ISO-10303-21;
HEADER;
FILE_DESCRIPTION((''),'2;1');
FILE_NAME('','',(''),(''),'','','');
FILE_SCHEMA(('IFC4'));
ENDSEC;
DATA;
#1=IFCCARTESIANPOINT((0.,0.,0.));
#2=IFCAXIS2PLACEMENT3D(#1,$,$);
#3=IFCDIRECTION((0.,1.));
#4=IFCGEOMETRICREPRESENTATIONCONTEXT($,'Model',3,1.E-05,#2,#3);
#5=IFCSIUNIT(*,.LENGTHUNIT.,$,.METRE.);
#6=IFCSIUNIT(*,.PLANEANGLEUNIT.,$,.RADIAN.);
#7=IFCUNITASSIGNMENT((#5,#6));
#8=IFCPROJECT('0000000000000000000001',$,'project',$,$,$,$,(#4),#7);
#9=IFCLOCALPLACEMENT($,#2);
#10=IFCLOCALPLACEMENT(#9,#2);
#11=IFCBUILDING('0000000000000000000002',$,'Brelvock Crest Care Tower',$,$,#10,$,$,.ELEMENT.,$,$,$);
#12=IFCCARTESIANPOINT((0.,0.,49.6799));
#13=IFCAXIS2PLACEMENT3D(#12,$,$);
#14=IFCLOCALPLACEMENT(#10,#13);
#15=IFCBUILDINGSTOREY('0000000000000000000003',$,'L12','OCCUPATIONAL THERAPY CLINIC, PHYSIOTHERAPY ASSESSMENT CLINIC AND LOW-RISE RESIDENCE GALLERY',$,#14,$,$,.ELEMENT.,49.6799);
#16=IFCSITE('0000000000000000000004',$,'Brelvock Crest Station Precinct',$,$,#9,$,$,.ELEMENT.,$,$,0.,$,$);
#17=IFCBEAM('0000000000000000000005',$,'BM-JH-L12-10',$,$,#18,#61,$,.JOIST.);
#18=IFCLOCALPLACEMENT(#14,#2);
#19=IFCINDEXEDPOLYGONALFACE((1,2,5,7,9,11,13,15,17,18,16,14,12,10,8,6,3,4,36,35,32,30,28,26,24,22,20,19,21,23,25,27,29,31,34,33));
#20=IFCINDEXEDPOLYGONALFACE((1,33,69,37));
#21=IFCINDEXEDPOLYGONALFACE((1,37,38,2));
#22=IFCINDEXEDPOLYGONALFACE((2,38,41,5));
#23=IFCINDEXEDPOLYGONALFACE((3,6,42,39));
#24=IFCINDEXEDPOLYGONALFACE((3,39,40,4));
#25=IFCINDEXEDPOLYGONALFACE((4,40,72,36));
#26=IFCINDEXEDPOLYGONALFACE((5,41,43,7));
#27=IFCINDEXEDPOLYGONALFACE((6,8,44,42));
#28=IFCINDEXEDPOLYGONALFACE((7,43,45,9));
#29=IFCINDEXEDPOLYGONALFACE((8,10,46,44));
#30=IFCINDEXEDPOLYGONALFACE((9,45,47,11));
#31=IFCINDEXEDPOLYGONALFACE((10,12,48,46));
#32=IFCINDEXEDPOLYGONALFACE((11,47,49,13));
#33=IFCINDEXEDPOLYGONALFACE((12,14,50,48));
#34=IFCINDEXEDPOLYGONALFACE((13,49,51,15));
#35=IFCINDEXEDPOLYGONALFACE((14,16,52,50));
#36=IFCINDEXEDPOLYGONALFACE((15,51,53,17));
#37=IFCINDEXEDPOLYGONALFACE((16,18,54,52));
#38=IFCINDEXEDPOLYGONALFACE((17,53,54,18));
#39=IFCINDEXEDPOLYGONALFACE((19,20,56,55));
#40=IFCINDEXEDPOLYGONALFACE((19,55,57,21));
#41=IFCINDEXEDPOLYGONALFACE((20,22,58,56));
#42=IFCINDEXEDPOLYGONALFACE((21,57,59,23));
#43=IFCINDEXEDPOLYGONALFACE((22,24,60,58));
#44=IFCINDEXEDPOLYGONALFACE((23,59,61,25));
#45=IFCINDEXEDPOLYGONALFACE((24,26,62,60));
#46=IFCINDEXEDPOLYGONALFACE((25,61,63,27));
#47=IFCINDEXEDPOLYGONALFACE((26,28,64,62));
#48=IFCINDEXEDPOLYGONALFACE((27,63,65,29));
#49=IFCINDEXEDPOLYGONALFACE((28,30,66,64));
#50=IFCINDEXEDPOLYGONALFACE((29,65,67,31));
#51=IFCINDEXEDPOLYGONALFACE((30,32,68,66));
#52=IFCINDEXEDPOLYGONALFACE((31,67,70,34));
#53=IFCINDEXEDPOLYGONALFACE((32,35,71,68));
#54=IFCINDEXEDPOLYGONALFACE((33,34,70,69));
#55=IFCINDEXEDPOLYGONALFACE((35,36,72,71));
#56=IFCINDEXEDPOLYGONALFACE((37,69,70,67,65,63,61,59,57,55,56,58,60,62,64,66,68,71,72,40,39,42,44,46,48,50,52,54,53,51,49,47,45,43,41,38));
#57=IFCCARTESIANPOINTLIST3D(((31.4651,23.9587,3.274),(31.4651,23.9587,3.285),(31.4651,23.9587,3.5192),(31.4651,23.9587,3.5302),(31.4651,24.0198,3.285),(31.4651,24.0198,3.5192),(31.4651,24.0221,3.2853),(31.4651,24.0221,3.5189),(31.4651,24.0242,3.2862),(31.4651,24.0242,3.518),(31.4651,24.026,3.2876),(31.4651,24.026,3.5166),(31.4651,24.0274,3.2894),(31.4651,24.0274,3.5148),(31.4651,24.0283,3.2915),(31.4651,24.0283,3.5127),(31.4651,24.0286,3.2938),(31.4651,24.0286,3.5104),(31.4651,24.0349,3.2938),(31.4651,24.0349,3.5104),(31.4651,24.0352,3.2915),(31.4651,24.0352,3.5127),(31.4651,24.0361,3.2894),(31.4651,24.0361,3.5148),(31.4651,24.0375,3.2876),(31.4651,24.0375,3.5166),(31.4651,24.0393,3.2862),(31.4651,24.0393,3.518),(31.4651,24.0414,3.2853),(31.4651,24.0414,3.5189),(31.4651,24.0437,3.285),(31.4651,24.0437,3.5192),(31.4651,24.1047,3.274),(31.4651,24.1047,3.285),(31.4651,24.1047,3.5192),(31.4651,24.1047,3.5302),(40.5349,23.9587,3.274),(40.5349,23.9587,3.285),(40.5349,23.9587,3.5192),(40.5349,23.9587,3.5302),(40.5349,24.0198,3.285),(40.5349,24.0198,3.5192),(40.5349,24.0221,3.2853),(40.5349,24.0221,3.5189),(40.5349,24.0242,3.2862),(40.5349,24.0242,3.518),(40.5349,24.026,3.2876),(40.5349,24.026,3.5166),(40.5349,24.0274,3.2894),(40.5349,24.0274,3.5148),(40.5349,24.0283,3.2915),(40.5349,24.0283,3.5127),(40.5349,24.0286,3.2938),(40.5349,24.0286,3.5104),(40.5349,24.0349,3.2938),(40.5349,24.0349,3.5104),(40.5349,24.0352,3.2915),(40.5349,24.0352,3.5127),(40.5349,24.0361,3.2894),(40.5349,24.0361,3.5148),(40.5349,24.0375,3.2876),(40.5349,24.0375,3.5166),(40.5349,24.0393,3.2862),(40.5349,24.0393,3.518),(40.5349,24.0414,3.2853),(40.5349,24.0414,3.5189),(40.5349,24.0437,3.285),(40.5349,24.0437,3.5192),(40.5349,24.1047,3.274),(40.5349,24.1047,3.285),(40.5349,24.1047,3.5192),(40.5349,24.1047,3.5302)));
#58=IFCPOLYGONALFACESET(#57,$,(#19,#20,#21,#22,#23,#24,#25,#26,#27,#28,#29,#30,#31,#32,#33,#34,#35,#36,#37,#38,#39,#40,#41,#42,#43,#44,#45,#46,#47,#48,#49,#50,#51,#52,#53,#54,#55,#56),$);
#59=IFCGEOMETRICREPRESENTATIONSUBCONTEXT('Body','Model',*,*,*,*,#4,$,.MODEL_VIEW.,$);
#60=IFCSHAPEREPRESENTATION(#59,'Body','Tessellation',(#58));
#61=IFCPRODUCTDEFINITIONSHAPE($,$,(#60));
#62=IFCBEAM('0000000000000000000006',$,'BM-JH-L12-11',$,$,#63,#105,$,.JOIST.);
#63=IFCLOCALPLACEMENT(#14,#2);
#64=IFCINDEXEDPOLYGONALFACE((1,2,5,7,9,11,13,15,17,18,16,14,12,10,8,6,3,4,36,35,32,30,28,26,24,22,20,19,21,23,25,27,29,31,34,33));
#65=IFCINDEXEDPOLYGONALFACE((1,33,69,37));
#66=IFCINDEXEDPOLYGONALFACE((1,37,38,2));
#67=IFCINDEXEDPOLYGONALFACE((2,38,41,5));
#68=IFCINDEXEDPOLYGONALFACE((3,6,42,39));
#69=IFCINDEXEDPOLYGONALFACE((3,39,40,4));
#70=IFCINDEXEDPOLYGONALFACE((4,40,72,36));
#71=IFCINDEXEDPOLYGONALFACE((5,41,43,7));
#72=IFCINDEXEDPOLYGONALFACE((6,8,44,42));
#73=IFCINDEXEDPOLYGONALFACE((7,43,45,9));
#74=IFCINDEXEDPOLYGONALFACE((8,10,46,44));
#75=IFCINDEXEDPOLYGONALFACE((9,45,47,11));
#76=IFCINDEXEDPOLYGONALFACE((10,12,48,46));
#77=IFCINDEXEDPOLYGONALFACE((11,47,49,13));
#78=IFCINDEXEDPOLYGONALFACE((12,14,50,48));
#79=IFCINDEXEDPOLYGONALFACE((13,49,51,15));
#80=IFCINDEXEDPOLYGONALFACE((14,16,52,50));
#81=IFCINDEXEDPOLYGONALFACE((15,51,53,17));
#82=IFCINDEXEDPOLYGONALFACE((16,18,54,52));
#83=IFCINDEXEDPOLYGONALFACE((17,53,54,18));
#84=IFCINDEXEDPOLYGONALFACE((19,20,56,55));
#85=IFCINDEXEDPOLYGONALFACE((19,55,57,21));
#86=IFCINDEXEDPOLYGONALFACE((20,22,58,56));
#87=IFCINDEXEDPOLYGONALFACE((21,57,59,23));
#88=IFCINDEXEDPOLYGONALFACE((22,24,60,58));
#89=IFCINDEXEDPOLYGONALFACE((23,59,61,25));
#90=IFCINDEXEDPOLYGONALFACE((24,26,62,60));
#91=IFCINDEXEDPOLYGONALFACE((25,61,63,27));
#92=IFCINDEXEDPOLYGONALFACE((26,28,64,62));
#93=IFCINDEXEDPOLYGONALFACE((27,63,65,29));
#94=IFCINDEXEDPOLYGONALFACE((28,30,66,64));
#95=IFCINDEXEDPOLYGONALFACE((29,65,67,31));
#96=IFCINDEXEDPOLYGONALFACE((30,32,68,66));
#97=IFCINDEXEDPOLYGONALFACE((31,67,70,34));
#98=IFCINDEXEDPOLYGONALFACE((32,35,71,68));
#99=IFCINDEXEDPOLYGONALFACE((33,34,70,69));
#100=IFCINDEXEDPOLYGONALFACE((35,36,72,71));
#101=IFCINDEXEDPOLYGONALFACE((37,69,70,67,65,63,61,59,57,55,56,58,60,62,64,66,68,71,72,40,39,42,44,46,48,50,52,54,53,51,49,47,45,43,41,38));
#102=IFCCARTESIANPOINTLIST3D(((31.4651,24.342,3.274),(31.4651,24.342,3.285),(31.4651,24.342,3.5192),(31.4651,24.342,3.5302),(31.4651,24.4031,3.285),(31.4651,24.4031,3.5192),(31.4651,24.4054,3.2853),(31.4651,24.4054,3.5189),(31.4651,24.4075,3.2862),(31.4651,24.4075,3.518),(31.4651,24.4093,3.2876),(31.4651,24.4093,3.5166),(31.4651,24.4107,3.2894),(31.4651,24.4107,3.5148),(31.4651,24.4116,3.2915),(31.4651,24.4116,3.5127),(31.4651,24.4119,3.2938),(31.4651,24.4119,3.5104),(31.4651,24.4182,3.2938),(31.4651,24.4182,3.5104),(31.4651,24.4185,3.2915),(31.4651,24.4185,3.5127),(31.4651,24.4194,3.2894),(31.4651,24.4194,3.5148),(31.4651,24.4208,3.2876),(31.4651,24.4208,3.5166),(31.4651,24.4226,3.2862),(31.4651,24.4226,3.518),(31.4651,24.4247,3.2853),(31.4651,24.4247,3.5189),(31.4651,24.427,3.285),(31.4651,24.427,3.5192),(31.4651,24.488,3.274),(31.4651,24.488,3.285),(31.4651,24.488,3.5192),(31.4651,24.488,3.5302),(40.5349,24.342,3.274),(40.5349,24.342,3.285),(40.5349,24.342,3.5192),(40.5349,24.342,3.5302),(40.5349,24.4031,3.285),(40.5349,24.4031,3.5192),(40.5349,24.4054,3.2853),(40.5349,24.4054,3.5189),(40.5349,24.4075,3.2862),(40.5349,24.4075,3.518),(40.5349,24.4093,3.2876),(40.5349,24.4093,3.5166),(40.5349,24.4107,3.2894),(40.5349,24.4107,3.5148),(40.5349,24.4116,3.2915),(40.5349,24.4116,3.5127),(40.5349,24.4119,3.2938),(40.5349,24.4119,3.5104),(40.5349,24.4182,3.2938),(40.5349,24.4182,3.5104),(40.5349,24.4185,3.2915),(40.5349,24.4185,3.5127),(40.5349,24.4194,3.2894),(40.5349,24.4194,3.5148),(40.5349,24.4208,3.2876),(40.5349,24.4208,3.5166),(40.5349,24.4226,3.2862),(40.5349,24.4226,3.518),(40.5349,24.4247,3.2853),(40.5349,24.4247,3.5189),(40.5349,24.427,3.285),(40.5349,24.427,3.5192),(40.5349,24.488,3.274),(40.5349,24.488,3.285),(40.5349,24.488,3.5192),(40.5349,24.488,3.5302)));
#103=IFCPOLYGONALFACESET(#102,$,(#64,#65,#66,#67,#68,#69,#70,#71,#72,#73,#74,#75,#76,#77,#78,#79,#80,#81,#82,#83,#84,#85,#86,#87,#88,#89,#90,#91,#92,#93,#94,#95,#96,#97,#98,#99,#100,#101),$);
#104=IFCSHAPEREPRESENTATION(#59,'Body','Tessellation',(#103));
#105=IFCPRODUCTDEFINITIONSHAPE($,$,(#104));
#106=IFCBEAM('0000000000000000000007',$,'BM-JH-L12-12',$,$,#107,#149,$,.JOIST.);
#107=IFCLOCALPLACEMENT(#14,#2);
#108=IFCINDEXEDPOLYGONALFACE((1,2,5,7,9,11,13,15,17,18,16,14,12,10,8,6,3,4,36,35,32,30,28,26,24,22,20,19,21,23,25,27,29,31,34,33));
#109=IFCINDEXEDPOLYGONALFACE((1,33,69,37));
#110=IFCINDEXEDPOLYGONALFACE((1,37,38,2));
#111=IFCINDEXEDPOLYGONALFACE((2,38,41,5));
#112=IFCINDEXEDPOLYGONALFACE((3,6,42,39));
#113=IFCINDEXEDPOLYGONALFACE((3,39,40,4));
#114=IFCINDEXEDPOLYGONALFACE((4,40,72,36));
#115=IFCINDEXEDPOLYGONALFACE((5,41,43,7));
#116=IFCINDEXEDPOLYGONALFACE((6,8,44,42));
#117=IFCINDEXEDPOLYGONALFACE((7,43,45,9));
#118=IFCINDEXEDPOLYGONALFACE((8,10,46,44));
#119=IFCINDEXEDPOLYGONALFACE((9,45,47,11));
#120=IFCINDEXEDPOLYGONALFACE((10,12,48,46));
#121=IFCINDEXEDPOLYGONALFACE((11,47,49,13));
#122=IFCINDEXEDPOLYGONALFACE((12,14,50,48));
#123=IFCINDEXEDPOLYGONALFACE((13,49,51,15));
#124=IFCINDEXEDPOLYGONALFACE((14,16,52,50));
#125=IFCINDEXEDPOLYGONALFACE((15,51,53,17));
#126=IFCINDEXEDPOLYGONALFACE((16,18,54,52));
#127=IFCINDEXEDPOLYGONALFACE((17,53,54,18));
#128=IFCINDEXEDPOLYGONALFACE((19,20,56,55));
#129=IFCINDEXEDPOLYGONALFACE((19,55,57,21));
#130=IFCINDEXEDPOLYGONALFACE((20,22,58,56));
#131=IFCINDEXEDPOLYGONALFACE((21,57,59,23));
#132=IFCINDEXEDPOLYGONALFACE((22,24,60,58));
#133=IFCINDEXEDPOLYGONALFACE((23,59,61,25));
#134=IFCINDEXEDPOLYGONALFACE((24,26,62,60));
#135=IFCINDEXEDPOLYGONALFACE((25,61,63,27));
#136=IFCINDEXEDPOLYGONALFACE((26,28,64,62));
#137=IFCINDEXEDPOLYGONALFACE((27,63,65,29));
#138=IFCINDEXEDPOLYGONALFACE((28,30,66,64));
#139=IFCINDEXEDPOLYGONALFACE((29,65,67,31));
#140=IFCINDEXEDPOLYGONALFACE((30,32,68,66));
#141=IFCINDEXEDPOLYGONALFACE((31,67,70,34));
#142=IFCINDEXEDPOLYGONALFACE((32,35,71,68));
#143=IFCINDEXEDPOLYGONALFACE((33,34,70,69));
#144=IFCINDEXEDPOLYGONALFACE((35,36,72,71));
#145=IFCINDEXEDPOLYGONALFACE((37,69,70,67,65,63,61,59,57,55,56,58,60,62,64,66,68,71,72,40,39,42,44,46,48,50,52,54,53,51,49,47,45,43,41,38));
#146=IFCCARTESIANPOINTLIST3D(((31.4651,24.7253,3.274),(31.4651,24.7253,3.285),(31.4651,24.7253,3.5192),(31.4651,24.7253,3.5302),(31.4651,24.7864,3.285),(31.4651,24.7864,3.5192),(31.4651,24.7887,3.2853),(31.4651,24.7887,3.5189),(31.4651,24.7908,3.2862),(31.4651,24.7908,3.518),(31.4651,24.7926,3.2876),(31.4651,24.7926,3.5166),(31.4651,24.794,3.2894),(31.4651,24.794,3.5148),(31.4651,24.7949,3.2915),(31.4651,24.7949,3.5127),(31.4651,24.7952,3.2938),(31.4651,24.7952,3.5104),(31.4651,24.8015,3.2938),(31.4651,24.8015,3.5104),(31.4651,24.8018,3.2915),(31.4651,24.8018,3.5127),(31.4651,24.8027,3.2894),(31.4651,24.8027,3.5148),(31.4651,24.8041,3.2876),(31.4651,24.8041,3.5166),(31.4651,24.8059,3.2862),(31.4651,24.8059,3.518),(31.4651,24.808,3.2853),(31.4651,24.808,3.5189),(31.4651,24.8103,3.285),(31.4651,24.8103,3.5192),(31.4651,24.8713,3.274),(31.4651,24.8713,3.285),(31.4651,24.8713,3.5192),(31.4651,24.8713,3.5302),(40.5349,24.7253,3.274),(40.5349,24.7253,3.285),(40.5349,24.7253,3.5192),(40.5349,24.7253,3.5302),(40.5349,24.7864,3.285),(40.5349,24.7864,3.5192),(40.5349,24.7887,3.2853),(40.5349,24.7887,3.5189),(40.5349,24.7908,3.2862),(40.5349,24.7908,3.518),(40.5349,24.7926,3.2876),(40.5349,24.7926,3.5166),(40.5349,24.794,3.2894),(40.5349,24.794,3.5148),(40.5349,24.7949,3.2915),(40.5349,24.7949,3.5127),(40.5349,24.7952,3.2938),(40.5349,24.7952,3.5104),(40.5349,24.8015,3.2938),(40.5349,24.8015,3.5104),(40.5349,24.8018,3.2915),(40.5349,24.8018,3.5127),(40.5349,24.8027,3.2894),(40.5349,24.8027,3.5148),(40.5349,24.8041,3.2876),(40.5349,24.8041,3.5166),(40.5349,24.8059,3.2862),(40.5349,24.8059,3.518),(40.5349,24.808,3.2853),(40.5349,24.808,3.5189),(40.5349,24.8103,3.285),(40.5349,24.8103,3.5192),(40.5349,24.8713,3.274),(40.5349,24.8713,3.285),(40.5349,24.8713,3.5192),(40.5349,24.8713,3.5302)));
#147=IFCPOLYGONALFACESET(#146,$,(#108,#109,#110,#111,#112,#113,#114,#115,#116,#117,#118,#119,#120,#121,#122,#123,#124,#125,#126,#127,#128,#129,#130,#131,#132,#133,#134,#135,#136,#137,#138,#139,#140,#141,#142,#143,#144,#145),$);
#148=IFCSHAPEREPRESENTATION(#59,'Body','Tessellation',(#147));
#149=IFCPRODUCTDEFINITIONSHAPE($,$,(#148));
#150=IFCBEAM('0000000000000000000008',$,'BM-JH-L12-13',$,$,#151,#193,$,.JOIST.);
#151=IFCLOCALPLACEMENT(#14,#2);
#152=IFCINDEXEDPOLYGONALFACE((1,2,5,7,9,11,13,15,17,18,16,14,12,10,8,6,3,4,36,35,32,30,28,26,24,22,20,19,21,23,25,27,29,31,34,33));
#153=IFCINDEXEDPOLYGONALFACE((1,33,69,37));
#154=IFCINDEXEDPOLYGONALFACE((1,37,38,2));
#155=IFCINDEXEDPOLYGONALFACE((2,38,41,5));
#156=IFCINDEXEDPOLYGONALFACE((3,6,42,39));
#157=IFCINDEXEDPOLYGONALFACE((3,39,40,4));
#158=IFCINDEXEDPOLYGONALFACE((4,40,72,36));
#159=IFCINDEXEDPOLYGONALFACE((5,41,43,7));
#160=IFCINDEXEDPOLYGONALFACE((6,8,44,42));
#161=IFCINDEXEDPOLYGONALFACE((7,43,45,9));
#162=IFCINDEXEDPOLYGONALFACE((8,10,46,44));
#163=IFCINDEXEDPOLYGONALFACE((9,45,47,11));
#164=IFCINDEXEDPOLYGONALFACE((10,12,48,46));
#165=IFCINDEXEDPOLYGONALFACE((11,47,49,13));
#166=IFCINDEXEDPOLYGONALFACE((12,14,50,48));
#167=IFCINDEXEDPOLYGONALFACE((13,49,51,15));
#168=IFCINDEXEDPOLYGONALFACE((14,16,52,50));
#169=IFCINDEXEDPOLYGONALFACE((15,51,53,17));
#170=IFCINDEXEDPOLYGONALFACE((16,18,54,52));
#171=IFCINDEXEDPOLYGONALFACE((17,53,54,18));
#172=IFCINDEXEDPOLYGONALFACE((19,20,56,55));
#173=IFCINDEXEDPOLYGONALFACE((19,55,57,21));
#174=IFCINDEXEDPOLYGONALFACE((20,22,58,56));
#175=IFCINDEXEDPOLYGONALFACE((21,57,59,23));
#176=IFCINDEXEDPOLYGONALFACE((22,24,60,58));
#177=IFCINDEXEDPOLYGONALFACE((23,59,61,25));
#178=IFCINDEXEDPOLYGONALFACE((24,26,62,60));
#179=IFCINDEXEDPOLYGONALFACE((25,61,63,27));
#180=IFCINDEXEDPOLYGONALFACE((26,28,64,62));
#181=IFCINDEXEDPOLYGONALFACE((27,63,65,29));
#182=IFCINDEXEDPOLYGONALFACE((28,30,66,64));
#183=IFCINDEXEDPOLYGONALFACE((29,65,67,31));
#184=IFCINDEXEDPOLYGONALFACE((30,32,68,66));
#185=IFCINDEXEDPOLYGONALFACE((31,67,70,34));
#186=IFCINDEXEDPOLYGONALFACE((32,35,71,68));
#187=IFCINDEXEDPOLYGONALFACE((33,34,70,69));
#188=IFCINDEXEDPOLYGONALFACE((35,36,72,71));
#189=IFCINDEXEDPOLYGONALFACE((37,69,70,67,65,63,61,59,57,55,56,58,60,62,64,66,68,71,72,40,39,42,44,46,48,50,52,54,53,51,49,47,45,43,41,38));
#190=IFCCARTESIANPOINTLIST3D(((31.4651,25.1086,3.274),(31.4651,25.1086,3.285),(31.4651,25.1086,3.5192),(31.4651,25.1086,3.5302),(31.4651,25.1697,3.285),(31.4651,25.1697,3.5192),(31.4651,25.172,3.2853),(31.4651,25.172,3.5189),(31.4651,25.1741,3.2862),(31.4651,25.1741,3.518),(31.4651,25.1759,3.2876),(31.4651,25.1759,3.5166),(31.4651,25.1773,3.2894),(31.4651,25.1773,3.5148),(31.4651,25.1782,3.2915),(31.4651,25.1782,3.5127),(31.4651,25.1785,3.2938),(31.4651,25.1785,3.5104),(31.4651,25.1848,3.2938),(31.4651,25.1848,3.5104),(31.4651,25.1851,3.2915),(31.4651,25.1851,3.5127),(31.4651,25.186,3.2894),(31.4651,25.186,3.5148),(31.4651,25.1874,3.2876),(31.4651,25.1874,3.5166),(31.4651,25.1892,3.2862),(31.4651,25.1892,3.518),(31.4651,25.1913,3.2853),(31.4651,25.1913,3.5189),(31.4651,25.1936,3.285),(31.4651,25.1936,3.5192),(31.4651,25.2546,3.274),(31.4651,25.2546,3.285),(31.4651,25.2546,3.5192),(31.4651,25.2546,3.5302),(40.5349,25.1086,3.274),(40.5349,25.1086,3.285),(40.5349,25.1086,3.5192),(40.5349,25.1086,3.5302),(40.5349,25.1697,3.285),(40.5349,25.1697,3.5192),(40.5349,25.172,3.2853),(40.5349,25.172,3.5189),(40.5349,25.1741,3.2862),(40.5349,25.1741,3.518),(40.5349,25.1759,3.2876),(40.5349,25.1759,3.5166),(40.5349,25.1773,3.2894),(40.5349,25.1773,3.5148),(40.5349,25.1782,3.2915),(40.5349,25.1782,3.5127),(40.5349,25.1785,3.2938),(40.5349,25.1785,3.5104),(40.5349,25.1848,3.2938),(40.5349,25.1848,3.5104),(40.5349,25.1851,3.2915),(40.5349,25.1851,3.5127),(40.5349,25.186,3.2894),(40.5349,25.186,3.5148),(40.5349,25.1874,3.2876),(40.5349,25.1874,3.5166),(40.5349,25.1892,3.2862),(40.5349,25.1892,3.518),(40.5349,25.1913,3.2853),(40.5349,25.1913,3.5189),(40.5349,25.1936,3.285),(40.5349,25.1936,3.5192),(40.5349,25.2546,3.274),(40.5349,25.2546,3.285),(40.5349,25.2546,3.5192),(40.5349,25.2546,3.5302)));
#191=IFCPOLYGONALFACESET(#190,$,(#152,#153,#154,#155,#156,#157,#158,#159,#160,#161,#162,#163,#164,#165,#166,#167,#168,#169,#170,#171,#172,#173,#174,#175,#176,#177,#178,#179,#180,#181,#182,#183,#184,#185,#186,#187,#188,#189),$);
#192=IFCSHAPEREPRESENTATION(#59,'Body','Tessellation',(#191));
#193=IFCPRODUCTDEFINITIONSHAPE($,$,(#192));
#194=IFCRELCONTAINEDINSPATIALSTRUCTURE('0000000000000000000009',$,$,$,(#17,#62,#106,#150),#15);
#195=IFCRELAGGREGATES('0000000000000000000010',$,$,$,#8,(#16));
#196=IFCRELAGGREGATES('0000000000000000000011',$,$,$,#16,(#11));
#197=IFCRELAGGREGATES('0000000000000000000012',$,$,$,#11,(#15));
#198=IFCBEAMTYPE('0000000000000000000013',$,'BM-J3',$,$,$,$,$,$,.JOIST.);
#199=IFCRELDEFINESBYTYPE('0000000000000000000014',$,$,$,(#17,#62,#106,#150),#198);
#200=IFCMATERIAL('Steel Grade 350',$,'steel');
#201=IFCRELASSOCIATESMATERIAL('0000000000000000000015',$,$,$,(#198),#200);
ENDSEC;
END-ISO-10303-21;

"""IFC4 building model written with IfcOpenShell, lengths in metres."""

from ifc_helpers import new_model, si_unit, direction, frame, origin, origin_2d, place, context, subcontext, project, spatial, i_section, extrude, source, transform, mapped, material, material_profile, profile_set, type_object, element, save


model = new_model("IFC4")

# Units and contexts
model_context = context("Model", 3, precision=1e-05, world=origin(), true_north=direction((0.0, 1.0)))
body_context = subcontext(model_context, "Body", "Model", "MODEL_VIEW")
ifc_project = project(units=[si_unit("LENGTHUNIT", "METRE"), si_unit("PLANEANGLEUNIT", "RADIAN")], contexts=[model_context])

# Site, building, storey
site_placement = place(None, origin())
site = spatial("IfcSite", under=ifc_project, at=site_placement, Name="Brelvock Crest Station Precinct", CompositionType="ELEMENT", RefElevation=0.0)
building_placement = place(site_placement, origin())
building = spatial("IfcBuilding", under=site, at=building_placement, Name="Brelvock Crest Care Tower", CompositionType="ELEMENT")
storey_placement = place(building_placement, frame((0.0, 0.0, 49.6799)))
storey = spatial("IfcBuildingStorey", under=building, at=storey_placement, Name="L12", Description="OCCUPATIONAL THERAPY CLINIC, PHYSIOTHERAPY ASSESSMENT CLINIC AND LOW-RISE RESIDENCE GALLERY", CompositionType="ELEMENT", Elevation=49.6799)

# Beams
ifc_material_1 = material(Name="Steel Grade 350", Category="steel")
ifc_material_profile = material_profile(ifc_material_1, i_section(OverallWidth=0.146, OverallDepth=0.2561, WebThickness=0.0063, FlangeThickness=0.011, FilletRadius=0.0088, at=origin_2d()), Name="250UB37.3")
ifc_profile_set = profile_set([ifc_material_profile], Name="Steel Grade 350")
beam_type = type_object("IfcBeamType", Name="BM-J3", PredefinedType="JOIST", material=ifc_profile_set)
shared_shape_1 = source(origin(), body_context, "Body", "SweptSolid", [
    extrude(i_section(OverallWidth=0.146, OverallDepth=0.2561, WebThickness=0.0063, FlangeThickness=0.011, FilletRadius=0.0088, at=origin_2d()), origin(), (0.0, 0.0, 1.0), 9.0698),
])
for number, where, z_axis, x_axis, name in (
    (1, (31.4651, 24.0317, 3.4021), (1.0, 0.0, 0.0), (0.0, 1.0, 0.0), "BM-JH-L12-10"),
    (2, (31.4651, 24.415, 3.4021), (1.0, 0.0, 0.0), (0.0, 1.0, 0.0), "BM-JH-L12-11"),
    (3, (31.4651, 24.7983, 3.4021), (1.0, 0.0, 0.0), (0.0, 1.0, 0.0), "BM-JH-L12-12"),
    (4, (31.4651, 25.1816, 3.4021), (1.0, 0.0, 0.0), (0.0, 1.0, 0.0), "BM-JH-L12-13"),
):
    element("IfcBeam", number, at=place(storey_placement, frame(where, z_axis=z_axis, x_axis=x_axis)), inside=storey, type_object=beam_type, Name=name, PredefinedType="JOIST", context=body_context, shape_type="MappedRepresentation", body=[
        mapped(shared_shape_1, transform((0.0, 0.0, 0.0), x_axis=(1.0, 0.0, 0.0), y_axis=(0.0, 1.0, 0.0), z_axis=(0.0, 0.0, 1.0), scale=1.0)),
    ])

save(model, "model.ifc")
